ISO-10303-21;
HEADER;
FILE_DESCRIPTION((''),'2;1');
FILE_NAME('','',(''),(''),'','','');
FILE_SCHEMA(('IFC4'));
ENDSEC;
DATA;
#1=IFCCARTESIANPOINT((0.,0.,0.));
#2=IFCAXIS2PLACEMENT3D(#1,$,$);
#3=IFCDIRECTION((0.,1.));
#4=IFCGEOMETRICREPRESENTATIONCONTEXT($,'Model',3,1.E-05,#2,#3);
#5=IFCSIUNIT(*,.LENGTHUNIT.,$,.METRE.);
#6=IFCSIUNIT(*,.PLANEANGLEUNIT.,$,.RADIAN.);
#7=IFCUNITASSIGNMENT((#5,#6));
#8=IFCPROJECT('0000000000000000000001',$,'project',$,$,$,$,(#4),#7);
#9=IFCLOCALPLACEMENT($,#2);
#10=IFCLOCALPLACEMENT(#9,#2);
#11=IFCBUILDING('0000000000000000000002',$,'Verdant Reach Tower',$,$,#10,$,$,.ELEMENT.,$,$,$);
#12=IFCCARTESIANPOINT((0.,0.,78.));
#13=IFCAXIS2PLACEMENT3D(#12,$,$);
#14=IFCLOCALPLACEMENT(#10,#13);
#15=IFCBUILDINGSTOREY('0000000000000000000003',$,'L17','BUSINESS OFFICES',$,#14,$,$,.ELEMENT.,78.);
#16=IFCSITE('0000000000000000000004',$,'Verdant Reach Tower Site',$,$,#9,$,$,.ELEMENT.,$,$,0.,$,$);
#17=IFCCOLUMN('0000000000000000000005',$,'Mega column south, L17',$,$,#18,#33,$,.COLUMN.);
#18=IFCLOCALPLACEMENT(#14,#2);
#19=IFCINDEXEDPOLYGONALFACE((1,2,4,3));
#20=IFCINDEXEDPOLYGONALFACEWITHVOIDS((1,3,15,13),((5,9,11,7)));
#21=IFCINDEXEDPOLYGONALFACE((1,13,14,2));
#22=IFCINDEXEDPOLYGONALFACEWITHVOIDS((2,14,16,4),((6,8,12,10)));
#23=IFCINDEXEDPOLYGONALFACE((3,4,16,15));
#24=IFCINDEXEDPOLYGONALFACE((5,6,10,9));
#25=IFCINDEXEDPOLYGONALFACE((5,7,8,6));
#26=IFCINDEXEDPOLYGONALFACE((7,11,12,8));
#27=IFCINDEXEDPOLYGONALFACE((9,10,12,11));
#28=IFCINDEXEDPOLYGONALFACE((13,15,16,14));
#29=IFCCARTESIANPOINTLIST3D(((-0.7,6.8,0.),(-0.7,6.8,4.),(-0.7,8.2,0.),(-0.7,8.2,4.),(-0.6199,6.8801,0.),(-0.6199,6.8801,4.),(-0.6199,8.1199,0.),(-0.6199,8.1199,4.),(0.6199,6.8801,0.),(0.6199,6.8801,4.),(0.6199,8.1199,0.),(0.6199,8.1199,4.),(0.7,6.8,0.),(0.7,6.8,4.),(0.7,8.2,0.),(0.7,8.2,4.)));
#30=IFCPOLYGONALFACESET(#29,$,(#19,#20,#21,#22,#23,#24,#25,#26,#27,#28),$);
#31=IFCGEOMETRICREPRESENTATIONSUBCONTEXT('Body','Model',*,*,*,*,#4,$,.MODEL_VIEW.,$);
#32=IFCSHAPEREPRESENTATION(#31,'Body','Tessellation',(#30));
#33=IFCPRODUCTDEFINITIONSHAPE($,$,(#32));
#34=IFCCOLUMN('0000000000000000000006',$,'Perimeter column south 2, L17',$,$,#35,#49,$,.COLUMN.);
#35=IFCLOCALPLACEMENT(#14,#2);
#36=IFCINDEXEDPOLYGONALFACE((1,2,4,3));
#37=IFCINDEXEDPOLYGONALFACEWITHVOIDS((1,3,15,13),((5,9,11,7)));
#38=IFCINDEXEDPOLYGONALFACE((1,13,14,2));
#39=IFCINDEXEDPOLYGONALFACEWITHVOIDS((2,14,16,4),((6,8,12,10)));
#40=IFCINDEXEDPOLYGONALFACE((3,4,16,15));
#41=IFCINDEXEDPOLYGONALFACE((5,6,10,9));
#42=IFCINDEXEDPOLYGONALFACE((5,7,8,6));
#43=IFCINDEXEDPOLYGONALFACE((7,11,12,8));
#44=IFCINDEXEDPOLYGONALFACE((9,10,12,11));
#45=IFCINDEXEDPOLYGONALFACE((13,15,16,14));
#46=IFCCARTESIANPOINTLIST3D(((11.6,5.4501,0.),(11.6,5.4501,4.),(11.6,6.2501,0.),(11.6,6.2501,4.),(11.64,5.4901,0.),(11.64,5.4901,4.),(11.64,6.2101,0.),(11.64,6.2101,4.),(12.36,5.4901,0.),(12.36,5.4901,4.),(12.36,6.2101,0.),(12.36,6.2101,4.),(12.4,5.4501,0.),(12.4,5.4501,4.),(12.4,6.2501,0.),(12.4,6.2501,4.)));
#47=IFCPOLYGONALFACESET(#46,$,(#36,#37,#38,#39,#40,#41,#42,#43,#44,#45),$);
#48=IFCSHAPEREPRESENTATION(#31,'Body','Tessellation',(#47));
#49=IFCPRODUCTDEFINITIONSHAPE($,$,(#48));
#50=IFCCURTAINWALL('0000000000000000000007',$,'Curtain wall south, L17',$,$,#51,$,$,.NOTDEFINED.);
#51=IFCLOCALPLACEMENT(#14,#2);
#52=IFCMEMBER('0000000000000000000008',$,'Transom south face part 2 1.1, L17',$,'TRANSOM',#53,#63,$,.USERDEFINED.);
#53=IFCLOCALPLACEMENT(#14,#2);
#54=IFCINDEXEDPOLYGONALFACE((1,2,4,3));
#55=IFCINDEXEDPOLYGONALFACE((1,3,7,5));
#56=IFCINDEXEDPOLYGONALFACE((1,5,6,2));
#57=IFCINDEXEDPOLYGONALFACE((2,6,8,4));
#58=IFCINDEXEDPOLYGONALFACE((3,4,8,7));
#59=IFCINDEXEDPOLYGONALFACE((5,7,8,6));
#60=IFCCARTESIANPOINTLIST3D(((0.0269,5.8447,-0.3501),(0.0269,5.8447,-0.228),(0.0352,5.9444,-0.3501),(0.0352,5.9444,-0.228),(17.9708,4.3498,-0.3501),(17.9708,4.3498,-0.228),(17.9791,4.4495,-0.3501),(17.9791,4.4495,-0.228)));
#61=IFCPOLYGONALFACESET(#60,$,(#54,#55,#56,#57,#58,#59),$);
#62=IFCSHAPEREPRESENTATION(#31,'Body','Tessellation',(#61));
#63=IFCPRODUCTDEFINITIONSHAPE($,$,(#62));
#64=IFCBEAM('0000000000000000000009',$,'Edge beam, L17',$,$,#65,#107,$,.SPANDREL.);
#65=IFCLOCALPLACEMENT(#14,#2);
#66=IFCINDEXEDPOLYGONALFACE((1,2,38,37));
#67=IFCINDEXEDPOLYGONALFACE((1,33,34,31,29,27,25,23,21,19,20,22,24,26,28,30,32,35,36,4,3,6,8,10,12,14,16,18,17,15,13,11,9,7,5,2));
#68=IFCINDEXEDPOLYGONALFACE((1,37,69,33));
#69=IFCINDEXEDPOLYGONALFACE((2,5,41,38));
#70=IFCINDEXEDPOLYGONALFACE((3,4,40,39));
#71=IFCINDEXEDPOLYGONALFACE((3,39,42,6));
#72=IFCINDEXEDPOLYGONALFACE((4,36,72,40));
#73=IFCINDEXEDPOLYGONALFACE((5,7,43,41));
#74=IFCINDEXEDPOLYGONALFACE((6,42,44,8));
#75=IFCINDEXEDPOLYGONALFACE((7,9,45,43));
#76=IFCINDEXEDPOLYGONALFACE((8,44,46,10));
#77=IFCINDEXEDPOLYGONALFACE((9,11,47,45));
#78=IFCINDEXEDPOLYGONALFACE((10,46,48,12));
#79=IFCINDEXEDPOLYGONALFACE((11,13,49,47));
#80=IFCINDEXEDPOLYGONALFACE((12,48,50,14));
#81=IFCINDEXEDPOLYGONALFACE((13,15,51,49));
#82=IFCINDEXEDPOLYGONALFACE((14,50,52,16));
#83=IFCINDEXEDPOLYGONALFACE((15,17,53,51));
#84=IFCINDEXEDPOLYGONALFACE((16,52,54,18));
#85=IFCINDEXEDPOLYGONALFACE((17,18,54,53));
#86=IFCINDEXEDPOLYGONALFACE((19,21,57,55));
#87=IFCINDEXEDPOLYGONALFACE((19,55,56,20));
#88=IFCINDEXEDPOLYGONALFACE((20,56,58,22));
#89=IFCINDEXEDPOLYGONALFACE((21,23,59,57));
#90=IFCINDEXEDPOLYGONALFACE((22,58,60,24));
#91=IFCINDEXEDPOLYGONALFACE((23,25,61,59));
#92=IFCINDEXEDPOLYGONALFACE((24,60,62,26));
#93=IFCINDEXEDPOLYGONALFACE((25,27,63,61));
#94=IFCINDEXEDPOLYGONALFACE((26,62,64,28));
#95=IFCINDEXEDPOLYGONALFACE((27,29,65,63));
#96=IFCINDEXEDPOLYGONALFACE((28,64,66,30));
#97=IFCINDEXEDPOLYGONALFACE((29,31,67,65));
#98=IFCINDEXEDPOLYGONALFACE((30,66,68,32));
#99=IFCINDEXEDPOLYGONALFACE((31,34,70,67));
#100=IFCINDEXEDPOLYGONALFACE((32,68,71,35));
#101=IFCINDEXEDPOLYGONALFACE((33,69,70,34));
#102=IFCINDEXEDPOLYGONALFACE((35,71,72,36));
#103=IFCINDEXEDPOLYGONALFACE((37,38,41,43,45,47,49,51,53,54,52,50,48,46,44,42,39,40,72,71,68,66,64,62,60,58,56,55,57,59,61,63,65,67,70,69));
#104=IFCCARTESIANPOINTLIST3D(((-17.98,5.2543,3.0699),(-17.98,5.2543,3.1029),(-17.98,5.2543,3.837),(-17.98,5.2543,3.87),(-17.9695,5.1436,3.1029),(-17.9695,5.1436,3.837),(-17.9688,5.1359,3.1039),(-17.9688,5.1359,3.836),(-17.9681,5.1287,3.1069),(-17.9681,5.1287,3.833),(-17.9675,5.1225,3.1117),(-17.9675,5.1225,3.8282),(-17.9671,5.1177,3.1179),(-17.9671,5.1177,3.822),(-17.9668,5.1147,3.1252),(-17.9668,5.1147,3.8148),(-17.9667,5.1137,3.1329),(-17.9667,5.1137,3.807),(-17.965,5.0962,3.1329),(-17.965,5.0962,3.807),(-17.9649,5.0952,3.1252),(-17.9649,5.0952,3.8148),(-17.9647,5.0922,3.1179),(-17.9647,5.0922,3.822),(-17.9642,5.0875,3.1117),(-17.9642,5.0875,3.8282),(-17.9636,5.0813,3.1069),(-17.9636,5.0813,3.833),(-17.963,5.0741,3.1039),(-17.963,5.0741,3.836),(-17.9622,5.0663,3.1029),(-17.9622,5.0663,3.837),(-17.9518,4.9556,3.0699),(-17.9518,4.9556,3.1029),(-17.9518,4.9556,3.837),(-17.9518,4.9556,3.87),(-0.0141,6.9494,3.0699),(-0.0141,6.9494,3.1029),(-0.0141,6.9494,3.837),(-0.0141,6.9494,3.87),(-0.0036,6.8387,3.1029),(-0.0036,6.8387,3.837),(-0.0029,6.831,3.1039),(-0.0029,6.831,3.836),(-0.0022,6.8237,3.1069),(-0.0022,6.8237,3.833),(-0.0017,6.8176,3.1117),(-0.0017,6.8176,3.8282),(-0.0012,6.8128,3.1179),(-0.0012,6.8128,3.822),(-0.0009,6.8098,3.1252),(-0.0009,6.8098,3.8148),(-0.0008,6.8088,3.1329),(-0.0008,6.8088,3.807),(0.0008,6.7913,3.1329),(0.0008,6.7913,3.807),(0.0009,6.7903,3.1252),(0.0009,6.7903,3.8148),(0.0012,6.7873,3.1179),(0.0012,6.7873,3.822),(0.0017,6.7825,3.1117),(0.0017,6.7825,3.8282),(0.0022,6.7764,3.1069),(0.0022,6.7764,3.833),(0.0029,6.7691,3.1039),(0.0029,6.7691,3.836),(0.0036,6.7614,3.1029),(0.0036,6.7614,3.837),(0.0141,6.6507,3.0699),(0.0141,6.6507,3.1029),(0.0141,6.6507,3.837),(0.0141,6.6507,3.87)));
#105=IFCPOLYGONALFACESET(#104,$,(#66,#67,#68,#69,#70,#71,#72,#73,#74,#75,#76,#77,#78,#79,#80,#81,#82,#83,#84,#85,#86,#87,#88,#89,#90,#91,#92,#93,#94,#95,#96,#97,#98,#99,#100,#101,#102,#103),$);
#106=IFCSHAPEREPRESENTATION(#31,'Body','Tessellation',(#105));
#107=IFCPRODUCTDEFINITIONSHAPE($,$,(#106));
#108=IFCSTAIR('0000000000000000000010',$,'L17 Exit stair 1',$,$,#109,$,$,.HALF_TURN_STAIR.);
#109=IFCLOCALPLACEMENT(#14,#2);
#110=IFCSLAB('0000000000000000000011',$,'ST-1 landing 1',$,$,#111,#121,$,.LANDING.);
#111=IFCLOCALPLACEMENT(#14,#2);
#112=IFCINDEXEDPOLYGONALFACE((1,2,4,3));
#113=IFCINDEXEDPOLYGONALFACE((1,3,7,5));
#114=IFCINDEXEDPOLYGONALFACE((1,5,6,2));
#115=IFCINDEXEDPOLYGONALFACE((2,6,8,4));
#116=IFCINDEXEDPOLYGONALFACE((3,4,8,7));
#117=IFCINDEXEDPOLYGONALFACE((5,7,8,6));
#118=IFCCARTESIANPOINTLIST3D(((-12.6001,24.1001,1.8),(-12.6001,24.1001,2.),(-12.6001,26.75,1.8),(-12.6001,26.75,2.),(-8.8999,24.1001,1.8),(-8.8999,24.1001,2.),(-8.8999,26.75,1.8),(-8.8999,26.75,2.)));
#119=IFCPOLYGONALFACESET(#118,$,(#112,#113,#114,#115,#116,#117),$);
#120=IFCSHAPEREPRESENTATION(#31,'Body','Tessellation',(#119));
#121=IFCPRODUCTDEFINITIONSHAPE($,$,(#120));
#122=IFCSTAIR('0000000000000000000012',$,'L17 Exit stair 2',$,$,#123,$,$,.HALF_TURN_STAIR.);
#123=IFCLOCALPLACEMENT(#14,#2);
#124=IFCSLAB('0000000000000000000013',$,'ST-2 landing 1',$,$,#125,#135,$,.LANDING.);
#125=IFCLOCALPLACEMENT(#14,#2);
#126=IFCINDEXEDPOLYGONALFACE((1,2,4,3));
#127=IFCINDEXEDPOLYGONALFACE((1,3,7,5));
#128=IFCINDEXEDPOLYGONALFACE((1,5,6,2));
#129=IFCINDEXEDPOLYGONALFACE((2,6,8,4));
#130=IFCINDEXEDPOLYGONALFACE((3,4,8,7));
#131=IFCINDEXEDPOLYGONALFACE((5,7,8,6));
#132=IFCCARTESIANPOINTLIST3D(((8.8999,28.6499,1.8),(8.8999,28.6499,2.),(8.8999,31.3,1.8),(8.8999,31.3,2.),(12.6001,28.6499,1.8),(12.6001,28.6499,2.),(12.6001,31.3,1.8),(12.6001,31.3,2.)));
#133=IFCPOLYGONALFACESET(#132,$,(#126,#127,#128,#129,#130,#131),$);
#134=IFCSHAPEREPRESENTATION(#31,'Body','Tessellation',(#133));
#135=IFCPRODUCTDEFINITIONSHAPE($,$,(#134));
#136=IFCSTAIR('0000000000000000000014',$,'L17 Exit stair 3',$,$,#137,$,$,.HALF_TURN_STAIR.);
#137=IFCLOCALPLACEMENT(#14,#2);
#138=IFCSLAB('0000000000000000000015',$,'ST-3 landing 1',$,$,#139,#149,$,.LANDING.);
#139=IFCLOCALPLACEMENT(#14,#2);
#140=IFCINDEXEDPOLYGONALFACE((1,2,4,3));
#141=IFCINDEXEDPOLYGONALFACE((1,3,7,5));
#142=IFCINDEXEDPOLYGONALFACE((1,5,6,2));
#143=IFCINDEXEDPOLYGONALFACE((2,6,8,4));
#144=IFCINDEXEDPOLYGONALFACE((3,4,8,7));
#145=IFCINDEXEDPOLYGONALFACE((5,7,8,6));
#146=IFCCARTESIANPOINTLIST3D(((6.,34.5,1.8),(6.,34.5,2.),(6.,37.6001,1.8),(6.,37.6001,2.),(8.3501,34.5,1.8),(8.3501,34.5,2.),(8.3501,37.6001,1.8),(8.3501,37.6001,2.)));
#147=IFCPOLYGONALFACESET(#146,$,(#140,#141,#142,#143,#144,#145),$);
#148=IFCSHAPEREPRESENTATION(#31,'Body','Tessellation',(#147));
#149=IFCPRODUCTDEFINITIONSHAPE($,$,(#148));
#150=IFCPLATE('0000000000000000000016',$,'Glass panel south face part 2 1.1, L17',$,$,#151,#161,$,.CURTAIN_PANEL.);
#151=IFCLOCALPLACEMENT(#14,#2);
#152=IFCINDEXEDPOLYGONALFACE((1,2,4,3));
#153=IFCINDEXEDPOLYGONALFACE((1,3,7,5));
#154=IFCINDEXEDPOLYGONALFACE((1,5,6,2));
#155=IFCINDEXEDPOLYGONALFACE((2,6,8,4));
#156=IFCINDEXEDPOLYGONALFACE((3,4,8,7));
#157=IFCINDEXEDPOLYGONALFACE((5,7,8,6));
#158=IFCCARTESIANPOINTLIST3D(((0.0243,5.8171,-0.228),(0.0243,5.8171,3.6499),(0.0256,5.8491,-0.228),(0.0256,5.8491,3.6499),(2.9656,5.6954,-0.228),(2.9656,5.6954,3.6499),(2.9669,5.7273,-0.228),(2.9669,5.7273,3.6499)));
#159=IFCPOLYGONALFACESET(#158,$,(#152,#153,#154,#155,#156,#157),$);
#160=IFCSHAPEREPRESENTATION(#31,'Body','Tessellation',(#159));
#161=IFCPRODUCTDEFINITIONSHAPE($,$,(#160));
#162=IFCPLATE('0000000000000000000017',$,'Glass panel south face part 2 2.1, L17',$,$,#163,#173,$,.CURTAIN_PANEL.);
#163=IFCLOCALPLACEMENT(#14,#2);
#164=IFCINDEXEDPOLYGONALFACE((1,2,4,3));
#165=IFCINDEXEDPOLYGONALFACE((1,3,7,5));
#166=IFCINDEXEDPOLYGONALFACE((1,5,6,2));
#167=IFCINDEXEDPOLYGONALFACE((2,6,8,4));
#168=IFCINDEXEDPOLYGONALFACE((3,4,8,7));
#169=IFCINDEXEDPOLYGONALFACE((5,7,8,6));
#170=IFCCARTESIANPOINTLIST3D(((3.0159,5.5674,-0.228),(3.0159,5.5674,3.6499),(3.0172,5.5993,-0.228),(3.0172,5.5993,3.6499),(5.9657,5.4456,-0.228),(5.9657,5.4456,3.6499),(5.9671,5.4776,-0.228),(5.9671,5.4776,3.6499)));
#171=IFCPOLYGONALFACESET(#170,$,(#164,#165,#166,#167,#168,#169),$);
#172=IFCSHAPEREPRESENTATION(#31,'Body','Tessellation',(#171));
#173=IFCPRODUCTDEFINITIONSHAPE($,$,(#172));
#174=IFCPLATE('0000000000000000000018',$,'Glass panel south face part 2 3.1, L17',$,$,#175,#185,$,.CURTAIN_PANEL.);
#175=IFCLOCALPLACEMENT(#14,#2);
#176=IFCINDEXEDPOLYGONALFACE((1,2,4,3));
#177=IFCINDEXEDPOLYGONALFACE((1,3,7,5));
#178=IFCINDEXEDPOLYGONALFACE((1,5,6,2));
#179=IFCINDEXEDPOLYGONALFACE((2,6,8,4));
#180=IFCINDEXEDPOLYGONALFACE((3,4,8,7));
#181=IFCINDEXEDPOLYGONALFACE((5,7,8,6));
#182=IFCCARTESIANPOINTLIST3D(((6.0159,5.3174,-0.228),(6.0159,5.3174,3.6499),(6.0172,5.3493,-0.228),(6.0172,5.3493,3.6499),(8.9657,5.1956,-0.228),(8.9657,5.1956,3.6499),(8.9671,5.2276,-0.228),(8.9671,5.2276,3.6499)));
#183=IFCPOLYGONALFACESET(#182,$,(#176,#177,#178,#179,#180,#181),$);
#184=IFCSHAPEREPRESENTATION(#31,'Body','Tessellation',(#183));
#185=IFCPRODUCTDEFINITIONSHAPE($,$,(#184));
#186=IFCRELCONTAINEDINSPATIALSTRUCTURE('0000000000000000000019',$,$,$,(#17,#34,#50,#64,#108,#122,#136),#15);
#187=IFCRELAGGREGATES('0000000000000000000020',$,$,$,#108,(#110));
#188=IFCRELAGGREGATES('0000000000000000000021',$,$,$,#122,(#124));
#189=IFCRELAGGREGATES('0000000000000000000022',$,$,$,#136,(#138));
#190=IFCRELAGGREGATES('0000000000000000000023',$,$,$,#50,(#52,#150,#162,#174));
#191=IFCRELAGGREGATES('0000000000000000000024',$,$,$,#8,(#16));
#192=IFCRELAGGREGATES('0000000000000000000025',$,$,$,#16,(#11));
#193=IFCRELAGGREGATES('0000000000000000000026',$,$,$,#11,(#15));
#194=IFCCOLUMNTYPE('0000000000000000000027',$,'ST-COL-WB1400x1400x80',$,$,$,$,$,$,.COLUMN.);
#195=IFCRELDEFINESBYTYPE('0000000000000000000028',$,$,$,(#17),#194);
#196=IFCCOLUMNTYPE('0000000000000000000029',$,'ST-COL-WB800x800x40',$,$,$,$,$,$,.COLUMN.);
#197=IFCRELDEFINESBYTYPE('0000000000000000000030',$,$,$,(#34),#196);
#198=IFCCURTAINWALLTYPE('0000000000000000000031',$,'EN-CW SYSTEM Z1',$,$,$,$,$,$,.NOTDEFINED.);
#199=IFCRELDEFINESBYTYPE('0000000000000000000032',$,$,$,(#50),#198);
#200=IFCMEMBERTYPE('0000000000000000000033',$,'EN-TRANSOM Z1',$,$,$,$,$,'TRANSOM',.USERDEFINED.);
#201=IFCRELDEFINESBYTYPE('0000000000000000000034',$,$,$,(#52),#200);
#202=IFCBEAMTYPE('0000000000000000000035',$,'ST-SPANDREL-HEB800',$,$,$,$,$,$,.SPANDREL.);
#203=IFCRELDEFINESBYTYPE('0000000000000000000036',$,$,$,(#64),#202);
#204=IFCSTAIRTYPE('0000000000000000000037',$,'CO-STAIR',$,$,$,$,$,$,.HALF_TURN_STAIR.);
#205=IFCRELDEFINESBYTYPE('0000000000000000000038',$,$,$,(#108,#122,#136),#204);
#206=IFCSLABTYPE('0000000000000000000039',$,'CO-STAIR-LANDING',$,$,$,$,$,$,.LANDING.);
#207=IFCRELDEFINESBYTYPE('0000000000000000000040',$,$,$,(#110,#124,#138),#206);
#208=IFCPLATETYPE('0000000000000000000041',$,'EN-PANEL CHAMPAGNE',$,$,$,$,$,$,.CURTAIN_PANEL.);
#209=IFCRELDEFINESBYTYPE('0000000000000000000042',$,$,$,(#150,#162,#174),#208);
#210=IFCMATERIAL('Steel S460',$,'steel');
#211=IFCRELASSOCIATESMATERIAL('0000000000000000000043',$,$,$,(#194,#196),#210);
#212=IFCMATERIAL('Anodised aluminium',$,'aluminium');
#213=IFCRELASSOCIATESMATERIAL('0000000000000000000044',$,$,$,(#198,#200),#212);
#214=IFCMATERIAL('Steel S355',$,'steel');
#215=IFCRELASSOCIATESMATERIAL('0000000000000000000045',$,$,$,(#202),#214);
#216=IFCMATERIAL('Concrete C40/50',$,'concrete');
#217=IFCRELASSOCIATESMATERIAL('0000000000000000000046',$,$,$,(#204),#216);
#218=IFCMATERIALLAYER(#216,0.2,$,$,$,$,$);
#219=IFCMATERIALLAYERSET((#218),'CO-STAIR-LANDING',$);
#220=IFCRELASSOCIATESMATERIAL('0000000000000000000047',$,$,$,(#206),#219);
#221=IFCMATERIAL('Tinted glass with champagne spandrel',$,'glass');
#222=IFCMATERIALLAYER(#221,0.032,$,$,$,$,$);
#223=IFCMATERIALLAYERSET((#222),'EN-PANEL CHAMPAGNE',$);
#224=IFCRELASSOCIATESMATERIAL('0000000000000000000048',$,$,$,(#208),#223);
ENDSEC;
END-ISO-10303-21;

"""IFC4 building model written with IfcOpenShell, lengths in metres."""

from ifc_helpers import new_model, si_unit, direction, frame, origin, origin_2d, place, context, subcontext, project, spatial, polyline, rectangle, hollow_rectangle, i_section, outline, extrude, material, layer, layer_set, material_profile, profile_set, type_object, element, aggregate, save


model = new_model("IFC4")

# Units and contexts
model_context = context("Model", 3, precision=1e-05, world=origin(), true_north=direction((0.0, 1.0)))
body_context = subcontext(model_context, "Body", "Model", "MODEL_VIEW")
ifc_project = project(units=[si_unit("LENGTHUNIT", "METRE"), si_unit("PLANEANGLEUNIT", "RADIAN")], contexts=[model_context])

# Site, building, storey
site_placement = place(None, origin())
site = spatial("IfcSite", under=ifc_project, at=site_placement, Name="Verdant Reach Tower Site", CompositionType="ELEMENT", RefElevation=0.0)
building_placement = place(site_placement, origin())
building = spatial("IfcBuilding", under=site, at=building_placement, Name="Verdant Reach Tower", CompositionType="ELEMENT")
storey_placement = place(building_placement, frame((0.0, 0.0, 78.0)))
storey = spatial("IfcBuildingStorey", under=building, at=storey_placement, Name="L17", Description="BUSINESS OFFICES", CompositionType="ELEMENT", Elevation=78.0)

# Columns
ifc_material_1 = material(Name="Steel S460", Category="steel")
ifc_material_profile_1 = material_profile(ifc_material_1, hollow_rectangle(XDim=1.3999, YDim=1.3999, WallThickness=0.0801, at=origin_2d()), Name="WB 1400x1400x80")
ifc_profile_set_1 = profile_set([ifc_material_profile_1], Name="Steel S460")
column_type_1 = type_object("IfcColumnType", Name="ST-COL-WB1400x1400x80", PredefinedType="COLUMN", material=ifc_profile_set_1)
column_1_placement = place(storey_placement, frame((0.0, 7.5, 0.0), z_axis=(0.0, 0.0, 1.0), x_axis=(1.0, 0.0, 0.0)))
element("IfcColumn", 1, at=column_1_placement, inside=storey, type_object=column_type_1, Name="Mega column south, L17", PredefinedType="COLUMN", context=body_context, shape_type="SweptSolid", body=[
    extrude(hollow_rectangle(XDim=1.3999, YDim=1.3999, WallThickness=0.0801, at=origin_2d()), origin(), (0.0, 0.0, 1.0), 4.0),
])
ifc_material_profile_2 = material_profile(ifc_material_1, hollow_rectangle(XDim=0.8, YDim=0.8, WallThickness=0.04, at=origin_2d()), Name="WB 800x800x40")
ifc_profile_set_2 = profile_set([ifc_material_profile_2], Name="Steel S460")
column_type_2 = type_object("IfcColumnType", Name="ST-COL-WB800x800x40", PredefinedType="COLUMN", material=ifc_profile_set_2)
column_2_placement = place(storey_placement, frame((12.0, 5.8501, 0.0), z_axis=(0.0, 0.0, 1.0), x_axis=(1.0, 0.0, 0.0)))
element("IfcColumn", 2, at=column_2_placement, inside=storey, type_object=column_type_2, Name="Perimeter column south 2, L17", PredefinedType="COLUMN", context=body_context, shape_type="SweptSolid", body=[
    extrude(hollow_rectangle(XDim=0.8, YDim=0.8, WallThickness=0.04, at=origin_2d()), origin(), (0.0, 0.0, 1.0), 4.0),
])

# Curtain wall, member
ifc_material_2 = material(Name="Anodised aluminium", Category="aluminium")
curtain_wall_type = type_object("IfcCurtainWallType", Name="EN-CW SYSTEM Z1", PredefinedType="NOTDEFINED", material=ifc_material_2)
curtain_wall_placement = place(storey_placement, origin())
curtain_wall = element("IfcCurtainWall", 3, at=curtain_wall_placement, inside=storey, type_object=curtain_wall_type, Name="Curtain wall south, L17", PredefinedType="NOTDEFINED")
ifc_material_profile_3 = material_profile(ifc_material_2, rectangle(XDim=0.1001, YDim=0.1221, at=origin_2d()), Name="Transom 122x100")
ifc_profile_set_3 = profile_set([ifc_material_profile_3], Name="Anodised aluminium")
member_type = type_object("IfcMemberType", Name="EN-TRANSOM Z1", ElementType="TRANSOM", PredefinedType="USERDEFINED", material=ifc_profile_set_3)
member_placement = place(storey_placement, frame((0.031, 5.8945, -0.2891), z_axis=(0.996548, -0.083021, 0.0), x_axis=(0.083021, 0.996548, 0.0)))
member = element("IfcMember", 4, at=member_placement, type_object=member_type, Name="Transom south face part 2 1.1, L17", ObjectType="TRANSOM", PredefinedType="USERDEFINED", context=body_context, shape_type="SweptSolid", body=[
    extrude(rectangle(XDim=0.1001, YDim=0.1221, at=origin_2d()), origin(), (0.0, 0.0, 1.0), 18.0061),
])

# Beam
ifc_material_3 = material(Name="Steel S355", Category="steel")
ifc_material_profile_4 = material_profile(ifc_material_3, i_section(OverallWidth=0.3, OverallDepth=0.8, WebThickness=0.0176, FlangeThickness=0.033, FilletRadius=0.03, at=origin_2d()), Name="HEB 800")
ifc_profile_set_4 = profile_set([ifc_material_profile_4], Name="Steel S355")
beam_type = type_object("IfcBeamType", Name="ST-SPANDREL-HEB800", PredefinedType="SPANDREL", material=ifc_profile_set_4)
beam_placement = place(storey_placement, frame((0.0, 6.8, 3.47), z_axis=(-0.995579, -0.093932, 0.0), x_axis=(0.093932, -0.995579, 0.0)))
element("IfcBeam", 5, at=beam_placement, inside=storey, type_object=beam_type, Name="Edge beam, L17", PredefinedType="SPANDREL", context=body_context, shape_type="SweptSolid", body=[
    extrude(i_section(OverallWidth=0.3, OverallDepth=0.8, WebThickness=0.0176, FlangeThickness=0.033, FilletRadius=0.03, at=origin_2d()), origin(), (0.0, 0.0, 1.0), 18.0457),
])

# Stairs, slabs
ifc_material_4 = material(Name="Concrete C40/50", Category="concrete")
stair_type = type_object("IfcStairType", Name="CO-STAIR", PredefinedType="HALF_TURN_STAIR", material=ifc_material_4)
stair_1_placement = place(storey_placement, origin())
stair_1 = element("IfcStair", 6, at=stair_1_placement, inside=storey, type_object=stair_type, Name="L17 Exit stair 1", PredefinedType="HALF_TURN_STAIR")
ifc_layer_1 = layer(ifc_material_4, 0.2)
ifc_layer_set_1 = layer_set([ifc_layer_1], Name="CO-STAIR-LANDING")
slab_type = type_object("IfcSlabType", Name="CO-STAIR-LANDING", PredefinedType="LANDING", material=ifc_layer_set_1)
slab_1_placement = place(storey_placement, frame((0.0, 0.0, 1.8)))
slab_1 = element("IfcSlab", 7, at=slab_1_placement, type_object=slab_type, Name="ST-1 landing 1", PredefinedType="LANDING", context=body_context, shape_type="SweptSolid", body=[
    extrude(outline(polyline([(-12.6001, 26.75), (-12.6001, 24.1001), (-8.8999, 24.1001), (-8.8999, 26.75), (-12.6001, 26.75)])), origin(), (0.0, 0.0, 1.0), 0.2),
])
aggregate(stair_1, [slab_1])
stair_2_placement = place(storey_placement, origin())
stair_2 = element("IfcStair", 8, at=stair_2_placement, inside=storey, type_object=stair_type, Name="L17 Exit stair 2", PredefinedType="HALF_TURN_STAIR")
slab_2_placement = place(storey_placement, frame((0.0, 0.0, 1.8)))
slab_2 = element("IfcSlab", 9, at=slab_2_placement, type_object=slab_type, Name="ST-2 landing 1", PredefinedType="LANDING", context=body_context, shape_type="SweptSolid", body=[
    extrude(outline(polyline([(12.6001, 28.6499), (12.6001, 31.3), (8.8999, 31.3), (8.8999, 28.6499), (12.6001, 28.6499)])), origin(), (0.0, 0.0, 1.0), 0.2),
])
aggregate(stair_2, [slab_2])
stair_3_placement = place(storey_placement, origin())
stair_3 = element("IfcStair", 10, at=stair_3_placement, inside=storey, type_object=stair_type, Name="L17 Exit stair 3", PredefinedType="HALF_TURN_STAIR")
slab_3_placement = place(storey_placement, frame((0.0, 0.0, 1.8)))
slab_3 = element("IfcSlab", 11, at=slab_3_placement, type_object=slab_type, Name="ST-3 landing 1", PredefinedType="LANDING", context=body_context, shape_type="SweptSolid", body=[
    extrude(outline(polyline([(8.3501, 37.6001), (6.0, 37.6001), (6.0, 34.5), (8.3501, 34.5), (8.3501, 37.6001)])), origin(), (0.0, 0.0, 1.0), 0.2),
])
aggregate(stair_3, [slab_3])

# Plates
ifc_material_5 = material(Name="Tinted glass with champagne spandrel", Category="glass")
ifc_layer_2 = layer(ifc_material_5, 0.032)
ifc_layer_set_2 = layer_set([ifc_layer_2], Name="EN-PANEL CHAMPAGNE")
plate_type_1 = type_object("IfcPlateType", Name="EN-PANEL CHAMPAGNE", PredefinedType="CURTAIN_PANEL", material=ifc_layer_set_2)
plate_1_placement = place(storey_placement, frame((1.4956, 5.7722, -0.228), z_axis=(0.0, 0.0, 1.0), x_axis=(0.999144, -0.04136, 0.0)))
plate_1 = element("IfcPlate", 12, at=plate_1_placement, type_object=plate_type_1, Name="Glass panel south face part 2 1.1, L17", PredefinedType="CURTAIN_PANEL", context=body_context, shape_type="SweptSolid", body=[
    extrude(rectangle(XDim=2.9438, YDim=0.032, at=origin_2d()), origin(), (0.0, 0.0, 1.0), 3.8779),
])
plate_2_placement = place(storey_placement, frame((4.4915, 5.5225, -0.228), z_axis=(0.0, 0.0, 1.0), x_axis=(0.999149, -0.041242, 0.0)))
plate_2 = element("IfcPlate", 13, at=plate_2_placement, type_object=plate_type_1, Name="Glass panel south face part 2 2.1, L17", PredefinedType="CURTAIN_PANEL", context=body_context, shape_type="SweptSolid", body=[
    extrude(rectangle(XDim=2.9524, YDim=0.032, at=origin_2d()), origin(), (0.0, 0.0, 1.0), 3.8779),
])
plate_3_placement = place(storey_placement, frame((7.4915, 5.2725, -0.228), z_axis=(0.0, 0.0, 1.0), x_axis=(0.999149, -0.041242, 0.0)))
plate_3 = element("IfcPlate", 14, at=plate_3_placement, type_object=plate_type_1, Name="Glass panel south face part 2 3.1, L17", PredefinedType="CURTAIN_PANEL", context=body_context, shape_type="SweptSolid", body=[
    extrude(rectangle(XDim=2.9524, YDim=0.032, at=origin_2d()), origin(), (0.0, 0.0, 1.0), 3.8779),
])
aggregate(curtain_wall, [member, plate_1, plate_2, plate_3])

save(model, "model.ifc")
